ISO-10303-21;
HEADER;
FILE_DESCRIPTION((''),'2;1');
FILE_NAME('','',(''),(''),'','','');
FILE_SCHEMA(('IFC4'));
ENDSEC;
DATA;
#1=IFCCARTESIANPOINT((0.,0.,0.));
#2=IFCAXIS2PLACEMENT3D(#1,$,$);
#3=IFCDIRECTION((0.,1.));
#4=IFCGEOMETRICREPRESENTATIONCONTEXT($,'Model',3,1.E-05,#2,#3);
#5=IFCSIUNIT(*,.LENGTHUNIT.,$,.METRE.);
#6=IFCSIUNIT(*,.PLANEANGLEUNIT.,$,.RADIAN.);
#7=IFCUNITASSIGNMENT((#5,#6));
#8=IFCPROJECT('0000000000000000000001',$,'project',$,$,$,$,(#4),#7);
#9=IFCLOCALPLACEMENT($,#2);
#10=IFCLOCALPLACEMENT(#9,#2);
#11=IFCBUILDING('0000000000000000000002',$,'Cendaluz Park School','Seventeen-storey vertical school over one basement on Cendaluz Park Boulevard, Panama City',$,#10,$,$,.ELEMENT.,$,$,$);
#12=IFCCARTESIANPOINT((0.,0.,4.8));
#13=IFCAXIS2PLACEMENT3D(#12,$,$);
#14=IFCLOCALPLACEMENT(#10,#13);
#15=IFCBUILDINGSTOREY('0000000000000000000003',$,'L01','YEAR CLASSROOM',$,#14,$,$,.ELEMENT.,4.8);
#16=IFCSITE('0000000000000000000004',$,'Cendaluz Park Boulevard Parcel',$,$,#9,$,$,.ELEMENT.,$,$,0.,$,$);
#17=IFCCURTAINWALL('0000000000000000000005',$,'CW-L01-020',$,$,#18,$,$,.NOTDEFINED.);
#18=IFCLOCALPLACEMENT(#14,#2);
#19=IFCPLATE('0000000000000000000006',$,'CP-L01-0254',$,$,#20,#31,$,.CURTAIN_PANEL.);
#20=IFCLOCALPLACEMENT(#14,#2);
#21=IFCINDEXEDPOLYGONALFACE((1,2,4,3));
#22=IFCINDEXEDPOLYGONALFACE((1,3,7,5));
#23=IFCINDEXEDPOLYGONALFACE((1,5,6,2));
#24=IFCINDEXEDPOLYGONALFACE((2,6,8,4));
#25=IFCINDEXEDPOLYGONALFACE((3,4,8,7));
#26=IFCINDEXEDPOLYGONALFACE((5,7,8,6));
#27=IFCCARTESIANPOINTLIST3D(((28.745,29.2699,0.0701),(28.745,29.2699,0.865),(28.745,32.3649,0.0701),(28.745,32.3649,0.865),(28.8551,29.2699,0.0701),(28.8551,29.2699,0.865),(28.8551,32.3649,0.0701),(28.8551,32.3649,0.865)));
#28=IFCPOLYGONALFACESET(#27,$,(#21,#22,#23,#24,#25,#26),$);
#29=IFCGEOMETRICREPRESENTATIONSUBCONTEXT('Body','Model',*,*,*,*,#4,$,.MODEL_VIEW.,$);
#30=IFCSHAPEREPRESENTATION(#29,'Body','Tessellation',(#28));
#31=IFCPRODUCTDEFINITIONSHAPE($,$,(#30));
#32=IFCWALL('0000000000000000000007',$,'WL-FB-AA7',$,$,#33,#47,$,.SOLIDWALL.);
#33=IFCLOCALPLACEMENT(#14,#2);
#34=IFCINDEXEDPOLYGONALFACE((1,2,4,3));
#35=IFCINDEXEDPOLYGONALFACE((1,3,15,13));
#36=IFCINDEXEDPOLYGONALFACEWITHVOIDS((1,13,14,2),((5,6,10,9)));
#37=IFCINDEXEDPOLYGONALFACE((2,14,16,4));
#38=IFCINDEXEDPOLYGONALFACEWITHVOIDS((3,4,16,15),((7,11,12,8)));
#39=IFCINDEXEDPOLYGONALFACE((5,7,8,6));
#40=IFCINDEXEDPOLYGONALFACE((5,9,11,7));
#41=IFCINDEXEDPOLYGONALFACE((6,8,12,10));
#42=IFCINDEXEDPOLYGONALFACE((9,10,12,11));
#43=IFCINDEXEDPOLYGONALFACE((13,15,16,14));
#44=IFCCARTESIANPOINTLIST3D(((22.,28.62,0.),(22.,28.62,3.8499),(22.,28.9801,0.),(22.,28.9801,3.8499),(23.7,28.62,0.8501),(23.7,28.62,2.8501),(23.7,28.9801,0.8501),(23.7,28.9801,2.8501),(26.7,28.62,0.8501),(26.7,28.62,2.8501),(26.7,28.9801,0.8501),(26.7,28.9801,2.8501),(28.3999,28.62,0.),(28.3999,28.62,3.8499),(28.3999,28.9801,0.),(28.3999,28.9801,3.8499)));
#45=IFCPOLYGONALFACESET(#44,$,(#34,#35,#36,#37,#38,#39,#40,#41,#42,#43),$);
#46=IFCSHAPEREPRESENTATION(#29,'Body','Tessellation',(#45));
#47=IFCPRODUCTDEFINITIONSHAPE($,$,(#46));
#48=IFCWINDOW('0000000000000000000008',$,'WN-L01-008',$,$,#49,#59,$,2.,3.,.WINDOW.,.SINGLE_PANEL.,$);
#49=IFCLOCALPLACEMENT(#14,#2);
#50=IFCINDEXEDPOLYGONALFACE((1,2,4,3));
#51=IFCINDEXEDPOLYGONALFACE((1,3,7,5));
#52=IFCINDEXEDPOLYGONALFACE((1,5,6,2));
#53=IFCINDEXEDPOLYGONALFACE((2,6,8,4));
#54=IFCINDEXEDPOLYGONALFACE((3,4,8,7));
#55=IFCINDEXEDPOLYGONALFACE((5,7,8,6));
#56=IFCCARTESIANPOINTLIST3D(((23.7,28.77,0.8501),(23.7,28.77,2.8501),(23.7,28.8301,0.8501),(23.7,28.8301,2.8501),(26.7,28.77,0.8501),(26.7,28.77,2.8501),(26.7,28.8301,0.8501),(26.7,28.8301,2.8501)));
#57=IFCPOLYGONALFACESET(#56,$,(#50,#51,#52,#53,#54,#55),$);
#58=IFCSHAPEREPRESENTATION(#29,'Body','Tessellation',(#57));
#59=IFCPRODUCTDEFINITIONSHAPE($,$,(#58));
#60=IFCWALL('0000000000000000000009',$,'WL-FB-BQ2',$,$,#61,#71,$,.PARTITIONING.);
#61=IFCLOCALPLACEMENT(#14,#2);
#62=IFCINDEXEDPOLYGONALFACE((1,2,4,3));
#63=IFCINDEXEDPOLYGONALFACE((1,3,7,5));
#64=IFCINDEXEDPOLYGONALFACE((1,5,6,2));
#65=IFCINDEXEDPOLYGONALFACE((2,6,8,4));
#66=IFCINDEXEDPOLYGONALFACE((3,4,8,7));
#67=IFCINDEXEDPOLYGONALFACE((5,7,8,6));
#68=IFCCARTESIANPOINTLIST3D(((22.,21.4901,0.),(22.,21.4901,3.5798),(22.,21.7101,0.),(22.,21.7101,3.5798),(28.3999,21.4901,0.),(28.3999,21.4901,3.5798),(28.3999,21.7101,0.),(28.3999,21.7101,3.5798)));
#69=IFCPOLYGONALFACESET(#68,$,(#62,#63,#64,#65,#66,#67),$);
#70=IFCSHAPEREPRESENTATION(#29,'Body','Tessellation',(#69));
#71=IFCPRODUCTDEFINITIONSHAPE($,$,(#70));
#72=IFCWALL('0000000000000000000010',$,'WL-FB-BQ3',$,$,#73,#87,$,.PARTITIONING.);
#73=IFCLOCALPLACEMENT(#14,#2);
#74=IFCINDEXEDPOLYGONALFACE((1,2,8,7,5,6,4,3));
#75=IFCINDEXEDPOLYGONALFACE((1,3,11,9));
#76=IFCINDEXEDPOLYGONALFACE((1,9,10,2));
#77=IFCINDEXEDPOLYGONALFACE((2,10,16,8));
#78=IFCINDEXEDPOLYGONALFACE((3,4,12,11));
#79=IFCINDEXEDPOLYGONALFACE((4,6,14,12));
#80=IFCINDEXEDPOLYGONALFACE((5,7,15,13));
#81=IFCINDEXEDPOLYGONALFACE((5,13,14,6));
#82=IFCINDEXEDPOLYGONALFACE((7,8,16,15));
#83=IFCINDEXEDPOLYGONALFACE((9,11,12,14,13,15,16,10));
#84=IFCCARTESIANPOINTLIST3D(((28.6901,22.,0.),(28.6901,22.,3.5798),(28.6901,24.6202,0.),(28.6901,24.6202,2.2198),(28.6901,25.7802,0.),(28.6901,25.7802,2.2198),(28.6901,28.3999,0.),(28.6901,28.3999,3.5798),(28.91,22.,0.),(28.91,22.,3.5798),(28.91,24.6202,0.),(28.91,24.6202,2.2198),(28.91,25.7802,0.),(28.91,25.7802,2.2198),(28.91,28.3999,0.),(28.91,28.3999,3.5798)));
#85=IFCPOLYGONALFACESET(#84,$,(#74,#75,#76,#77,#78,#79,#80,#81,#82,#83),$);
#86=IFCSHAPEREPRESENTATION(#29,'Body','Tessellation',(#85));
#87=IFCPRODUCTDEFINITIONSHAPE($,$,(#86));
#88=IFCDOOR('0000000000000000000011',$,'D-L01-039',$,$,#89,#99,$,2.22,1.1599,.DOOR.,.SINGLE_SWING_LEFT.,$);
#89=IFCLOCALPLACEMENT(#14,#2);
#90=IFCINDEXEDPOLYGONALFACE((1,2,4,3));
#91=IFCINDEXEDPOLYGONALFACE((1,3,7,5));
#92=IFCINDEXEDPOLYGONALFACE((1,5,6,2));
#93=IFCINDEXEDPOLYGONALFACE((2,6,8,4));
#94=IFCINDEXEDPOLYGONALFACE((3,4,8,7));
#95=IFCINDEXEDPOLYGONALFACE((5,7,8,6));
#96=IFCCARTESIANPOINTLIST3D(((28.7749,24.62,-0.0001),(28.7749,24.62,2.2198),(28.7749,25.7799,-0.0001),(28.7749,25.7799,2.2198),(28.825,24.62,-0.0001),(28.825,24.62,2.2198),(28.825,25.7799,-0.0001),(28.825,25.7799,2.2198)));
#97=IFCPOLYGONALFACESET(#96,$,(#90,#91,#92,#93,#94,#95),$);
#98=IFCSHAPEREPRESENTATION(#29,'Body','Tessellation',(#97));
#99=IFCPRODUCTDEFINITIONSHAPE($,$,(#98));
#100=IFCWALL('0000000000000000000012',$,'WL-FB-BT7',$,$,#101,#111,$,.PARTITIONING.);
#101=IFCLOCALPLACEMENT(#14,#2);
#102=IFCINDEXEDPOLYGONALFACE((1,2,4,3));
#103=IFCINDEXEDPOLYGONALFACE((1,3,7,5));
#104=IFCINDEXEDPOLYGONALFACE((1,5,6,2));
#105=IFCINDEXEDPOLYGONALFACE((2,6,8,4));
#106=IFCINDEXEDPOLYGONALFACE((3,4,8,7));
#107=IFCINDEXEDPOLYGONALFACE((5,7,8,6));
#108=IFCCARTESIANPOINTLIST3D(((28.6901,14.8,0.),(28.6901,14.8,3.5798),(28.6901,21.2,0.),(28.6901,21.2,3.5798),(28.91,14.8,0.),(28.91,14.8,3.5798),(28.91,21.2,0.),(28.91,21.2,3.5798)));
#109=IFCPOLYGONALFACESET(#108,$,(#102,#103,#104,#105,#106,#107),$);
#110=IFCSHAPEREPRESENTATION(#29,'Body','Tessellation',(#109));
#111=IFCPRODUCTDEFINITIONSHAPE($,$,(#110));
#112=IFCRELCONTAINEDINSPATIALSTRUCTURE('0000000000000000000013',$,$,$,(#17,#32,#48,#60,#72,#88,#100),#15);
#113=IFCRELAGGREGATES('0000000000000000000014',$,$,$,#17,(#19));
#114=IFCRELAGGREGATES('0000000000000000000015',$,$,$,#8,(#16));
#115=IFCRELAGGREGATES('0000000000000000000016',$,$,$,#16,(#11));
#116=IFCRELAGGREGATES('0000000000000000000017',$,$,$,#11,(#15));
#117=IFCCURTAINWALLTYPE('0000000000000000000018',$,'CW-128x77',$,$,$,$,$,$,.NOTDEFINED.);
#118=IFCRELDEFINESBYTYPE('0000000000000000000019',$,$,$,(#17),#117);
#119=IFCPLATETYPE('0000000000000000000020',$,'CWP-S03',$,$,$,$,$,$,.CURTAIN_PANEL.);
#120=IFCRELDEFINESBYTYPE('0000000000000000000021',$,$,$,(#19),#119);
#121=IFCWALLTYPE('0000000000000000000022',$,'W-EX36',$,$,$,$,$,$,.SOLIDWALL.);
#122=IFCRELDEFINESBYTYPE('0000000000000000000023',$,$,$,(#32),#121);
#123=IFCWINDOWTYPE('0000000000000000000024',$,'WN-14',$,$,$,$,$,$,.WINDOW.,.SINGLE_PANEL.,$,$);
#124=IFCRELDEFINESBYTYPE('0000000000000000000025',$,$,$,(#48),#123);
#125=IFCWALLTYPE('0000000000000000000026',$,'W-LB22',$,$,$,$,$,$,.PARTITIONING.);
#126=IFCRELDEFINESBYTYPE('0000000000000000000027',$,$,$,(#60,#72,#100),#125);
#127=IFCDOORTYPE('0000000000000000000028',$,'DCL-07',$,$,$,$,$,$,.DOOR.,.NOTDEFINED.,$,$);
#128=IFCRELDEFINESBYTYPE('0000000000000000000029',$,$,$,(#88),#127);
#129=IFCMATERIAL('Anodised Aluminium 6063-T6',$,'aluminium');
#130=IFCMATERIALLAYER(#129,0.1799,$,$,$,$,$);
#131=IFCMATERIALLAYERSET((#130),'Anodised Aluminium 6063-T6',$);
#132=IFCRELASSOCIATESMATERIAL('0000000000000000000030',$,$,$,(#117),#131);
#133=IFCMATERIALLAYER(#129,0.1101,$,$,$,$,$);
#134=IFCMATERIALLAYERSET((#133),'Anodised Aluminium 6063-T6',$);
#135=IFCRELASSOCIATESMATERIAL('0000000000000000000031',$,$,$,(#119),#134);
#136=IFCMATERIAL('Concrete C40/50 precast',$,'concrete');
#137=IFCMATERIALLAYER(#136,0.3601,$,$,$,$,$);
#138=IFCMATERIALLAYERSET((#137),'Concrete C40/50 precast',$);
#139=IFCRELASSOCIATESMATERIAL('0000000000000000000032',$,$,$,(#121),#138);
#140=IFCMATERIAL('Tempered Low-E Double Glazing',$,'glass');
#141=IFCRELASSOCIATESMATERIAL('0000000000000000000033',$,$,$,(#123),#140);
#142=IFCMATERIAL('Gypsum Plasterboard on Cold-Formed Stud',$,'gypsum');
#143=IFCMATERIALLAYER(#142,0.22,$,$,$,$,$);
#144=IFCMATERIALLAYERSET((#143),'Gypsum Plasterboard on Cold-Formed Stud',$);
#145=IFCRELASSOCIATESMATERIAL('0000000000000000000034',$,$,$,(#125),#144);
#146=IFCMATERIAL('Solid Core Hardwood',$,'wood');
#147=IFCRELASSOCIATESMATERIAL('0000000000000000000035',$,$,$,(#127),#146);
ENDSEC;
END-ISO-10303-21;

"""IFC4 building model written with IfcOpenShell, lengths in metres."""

from ifc_helpers import new_model, si_unit, direction, frame, frame_2d, origin, origin_2d, place, context, subcontext, project, spatial, rectangle, extrude, material, layer, layer_set, type_object, element, fill, aggregate, save


model = new_model("IFC4")

# Units and contexts
model_context = context("Model", 3, precision=1e-05, world=origin(), true_north=direction((0.0, 1.0)))
body_context = subcontext(model_context, "Body", "Model", "MODEL_VIEW")
ifc_project = project(units=[si_unit("LENGTHUNIT", "METRE"), si_unit("PLANEANGLEUNIT", "RADIAN")], contexts=[model_context])

# Site, building, storey
site_placement = place(None, origin())
site = spatial("IfcSite", under=ifc_project, at=site_placement, Name="Cendaluz Park Boulevard Parcel", CompositionType="ELEMENT", RefElevation=0.0)
building_placement = place(site_placement, origin())
building = spatial("IfcBuilding", under=site, at=building_placement, Name="Cendaluz Park School", Description="Seventeen-storey vertical school over one basement on Cendaluz Park Boulevard, Panama City", CompositionType="ELEMENT")
storey_placement = place(building_placement, frame((0.0, 0.0, 4.8)))
storey = spatial("IfcBuildingStorey", under=building, at=storey_placement, Name="L01", Description="YEAR CLASSROOM", CompositionType="ELEMENT", Elevation=4.8)

# Curtain wall
ifc_material_1 = material(Name="Anodised Aluminium 6063-T6", Category="aluminium")
ifc_layer_1 = layer(ifc_material_1, 0.1799)
ifc_layer_set_1 = layer_set([ifc_layer_1], Name="Anodised Aluminium 6063-T6")
curtain_wall_type = type_object("IfcCurtainWallType", Name="CW-128x77", PredefinedType="NOTDEFINED", material=ifc_layer_set_1)
curtain_wall_placement = place(storey_placement, origin())
curtain_wall = element("IfcCurtainWall", 1, at=curtain_wall_placement, inside=storey, type_object=curtain_wall_type, Name="CW-L01-020", PredefinedType="NOTDEFINED")

# Plate
ifc_material_2 = material(Name="Tempered Low-E Double Glazing", Category="glass")
ifc_layer_2 = layer(ifc_material_1, 0.1101)
ifc_layer_set_2 = layer_set([ifc_layer_2], Name="Anodised Aluminium 6063-T6")
plate_type_1 = type_object("IfcPlateType", Name="CWP-S03", PredefinedType="CURTAIN_PANEL", material=ifc_layer_set_2)
plate_1_placement = place(storey_placement, frame((28.8, 30.8174, 0.0701), z_axis=(0.0, 0.0, 1.0), x_axis=(0.0, 1.0, 0.0)))
plate_1 = element("IfcPlate", 2, at=plate_1_placement, type_object=plate_type_1, Name="CP-L01-0254", PredefinedType="CURTAIN_PANEL", context=body_context, shape_type="SweptSolid", body=[
    extrude(rectangle(XDim=3.095, YDim=0.1101, at=origin_2d()), origin(), (0.0, 0.0, 1.0), 0.7949),
])
aggregate(curtain_wall, [plate_1])

# Wall, opening, window
ifc_material_3 = material(Name="Concrete C40/50 precast", Category="concrete")
ifc_layer_3 = layer(ifc_material_3, 0.3601)
ifc_layer_set_3 = layer_set([ifc_layer_3], Name="Concrete C40/50 precast")
wall_type_1 = type_object("IfcWallType", Name="W-EX36", PredefinedType="SOLIDWALL", material=ifc_layer_set_3)
wall_1_placement = place(storey_placement, frame((22.0, 28.8, 0.0), z_axis=(0.0, 0.0, 1.0), x_axis=(1.0, 0.0, 0.0)))
wall_1 = element("IfcWall", 3, at=wall_1_placement, inside=storey, type_object=wall_type_1, Name="WL-FB-AA7", PredefinedType="SOLIDWALL", context=body_context, shape_type="SweptSolid", body=[
    extrude(rectangle(XDim=6.3999, YDim=0.3601, at=frame_2d((3.2, 0.0))), origin(), (0.0, 0.0, 1.0), 3.8499),
])
opening_1_placement = place(wall_1_placement, frame((1.7, 0.0, 0.8501)))
opening_1 = element("IfcOpeningElement", 4, at=opening_1_placement, cuts=wall_1, PredefinedType="OPENING", context=body_context, shape_type="SweptSolid", body=[
    extrude(rectangle(XDim=3.0, YDim=2.0, at=frame_2d((1.5, 1.0))), frame((0.0, 0.1921, 0.0), z_axis=(0.0, -1.0, 0.0), x_axis=(1.0, 0.0, 0.0)), (0.0, 0.0, 1.0), 0.384),
])
window_type = type_object("IfcWindowType", Name="WN-14", PartitioningType="SINGLE_PANEL", PredefinedType="WINDOW", material=ifc_material_2)
window_placement = place(opening_1_placement, origin())
window = element("IfcWindow", 5, at=window_placement, inside=storey, type_object=window_type, Name="WN-L01-008", OverallHeight=2.0, OverallWidth=3.0, PartitioningType="SINGLE_PANEL", PredefinedType="WINDOW", context=body_context, shape_type="SweptSolid", body=[
    extrude(rectangle(XDim=3.0, YDim=2.0, at=frame_2d((1.5, 1.0))), frame((0.0, 0.03, 0.0), z_axis=(0.0, -1.0, 0.0), x_axis=(1.0, 0.0, 0.0)), (0.0, 0.0, 1.0), 0.0601),
])
fill(opening_1, window)

# Wall
ifc_material_4 = material(Name="Gypsum Plasterboard on Cold-Formed Stud", Category="gypsum")
ifc_layer_4 = layer(ifc_material_4, 0.22)
ifc_layer_set_4 = layer_set([ifc_layer_4], Name="Gypsum Plasterboard on Cold-Formed Stud")
wall_type_2 = type_object("IfcWallType", Name="W-LB22", PredefinedType="PARTITIONING", material=ifc_layer_set_4)
wall_2_placement = place(storey_placement, frame((22.0, 21.6001, 0.0), z_axis=(0.0, 0.0, 1.0), x_axis=(1.0, 0.0, 0.0)))
element("IfcWall", 6, at=wall_2_placement, inside=storey, type_object=wall_type_2, Name="WL-FB-BQ2", PredefinedType="PARTITIONING", context=body_context, shape_type="SweptSolid", body=[
    extrude(rectangle(XDim=6.3999, YDim=0.22, at=frame_2d((3.2, 0.0))), origin(), (0.0, 0.0, 1.0), 3.5798),
])

# Wall, opening, door
wall_3_placement = place(storey_placement, frame((28.8, 22.0, 0.0), z_axis=(0.0, 0.0, 1.0), x_axis=(0.0, 1.0, 0.0)))
wall_3 = element("IfcWall", 7, at=wall_3_placement, inside=storey, type_object=wall_type_2, Name="WL-FB-BQ3", PredefinedType="PARTITIONING", context=body_context, shape_type="SweptSolid", body=[
    extrude(rectangle(XDim=6.3999, YDim=0.22, at=frame_2d((3.2, 0.0))), origin(), (0.0, 0.0, 1.0), 3.5798),
])
opening_2_placement = place(wall_3_placement, frame((2.6201, 0.0, 0.0)))
opening_2 = element("IfcOpeningElement", 8, at=opening_2_placement, cuts=wall_3, PredefinedType="OPENING", context=body_context, shape_type="SweptSolid", body=[
    extrude(rectangle(XDim=1.1599, YDim=2.22, at=frame_2d((0.5801, 1.1099))), frame((0.0, 0.1221, 0.0), z_axis=(0.0, -1.0, 0.0), x_axis=(1.0, 0.0, 0.0)), (0.0, 0.0, 1.0), 0.2439),
])
ifc_material_5 = material(Name="Solid Core Hardwood", Category="wood")
door_type = type_object("IfcDoorType", Name="DCL-07", OperationType="NOTDEFINED", PredefinedType="DOOR", material=ifc_material_5)
door_placement = place(opening_2_placement, frame((1.1599, 0.0, 0.0), z_axis=(0.0, 0.0, 1.0), x_axis=(-1.0, 0.0, 0.0)))
door = element("IfcDoor", 9, at=door_placement, inside=storey, type_object=door_type, Name="D-L01-039", OperationType="SINGLE_SWING_LEFT", OverallHeight=2.22, OverallWidth=1.1599, PredefinedType="DOOR", context=body_context, shape_type="SweptSolid", body=[
    extrude(rectangle(XDim=1.1599, YDim=2.22, at=frame_2d((0.5801, 1.1099))), frame((0.0, 0.0249, 0.0), z_axis=(0.0, -1.0, 0.0), x_axis=(1.0, 0.0, 0.0)), (0.0, 0.0, 1.0), 0.05),
])
fill(opening_2, door)

# Wall
wall_4_placement = place(storey_placement, frame((28.8, 14.8, 0.0), z_axis=(0.0, 0.0, 1.0), x_axis=(0.0, 1.0, 0.0)))
element("IfcWall", 10, at=wall_4_placement, inside=storey, type_object=wall_type_2, Name="WL-FB-BT7", PredefinedType="PARTITIONING", context=body_context, shape_type="SweptSolid", body=[
    extrude(rectangle(XDim=6.3999, YDim=0.22, at=frame_2d((3.2, 0.0))), origin(), (0.0, 0.0, 1.0), 3.5798),
])

save(model, "model.ifc")
